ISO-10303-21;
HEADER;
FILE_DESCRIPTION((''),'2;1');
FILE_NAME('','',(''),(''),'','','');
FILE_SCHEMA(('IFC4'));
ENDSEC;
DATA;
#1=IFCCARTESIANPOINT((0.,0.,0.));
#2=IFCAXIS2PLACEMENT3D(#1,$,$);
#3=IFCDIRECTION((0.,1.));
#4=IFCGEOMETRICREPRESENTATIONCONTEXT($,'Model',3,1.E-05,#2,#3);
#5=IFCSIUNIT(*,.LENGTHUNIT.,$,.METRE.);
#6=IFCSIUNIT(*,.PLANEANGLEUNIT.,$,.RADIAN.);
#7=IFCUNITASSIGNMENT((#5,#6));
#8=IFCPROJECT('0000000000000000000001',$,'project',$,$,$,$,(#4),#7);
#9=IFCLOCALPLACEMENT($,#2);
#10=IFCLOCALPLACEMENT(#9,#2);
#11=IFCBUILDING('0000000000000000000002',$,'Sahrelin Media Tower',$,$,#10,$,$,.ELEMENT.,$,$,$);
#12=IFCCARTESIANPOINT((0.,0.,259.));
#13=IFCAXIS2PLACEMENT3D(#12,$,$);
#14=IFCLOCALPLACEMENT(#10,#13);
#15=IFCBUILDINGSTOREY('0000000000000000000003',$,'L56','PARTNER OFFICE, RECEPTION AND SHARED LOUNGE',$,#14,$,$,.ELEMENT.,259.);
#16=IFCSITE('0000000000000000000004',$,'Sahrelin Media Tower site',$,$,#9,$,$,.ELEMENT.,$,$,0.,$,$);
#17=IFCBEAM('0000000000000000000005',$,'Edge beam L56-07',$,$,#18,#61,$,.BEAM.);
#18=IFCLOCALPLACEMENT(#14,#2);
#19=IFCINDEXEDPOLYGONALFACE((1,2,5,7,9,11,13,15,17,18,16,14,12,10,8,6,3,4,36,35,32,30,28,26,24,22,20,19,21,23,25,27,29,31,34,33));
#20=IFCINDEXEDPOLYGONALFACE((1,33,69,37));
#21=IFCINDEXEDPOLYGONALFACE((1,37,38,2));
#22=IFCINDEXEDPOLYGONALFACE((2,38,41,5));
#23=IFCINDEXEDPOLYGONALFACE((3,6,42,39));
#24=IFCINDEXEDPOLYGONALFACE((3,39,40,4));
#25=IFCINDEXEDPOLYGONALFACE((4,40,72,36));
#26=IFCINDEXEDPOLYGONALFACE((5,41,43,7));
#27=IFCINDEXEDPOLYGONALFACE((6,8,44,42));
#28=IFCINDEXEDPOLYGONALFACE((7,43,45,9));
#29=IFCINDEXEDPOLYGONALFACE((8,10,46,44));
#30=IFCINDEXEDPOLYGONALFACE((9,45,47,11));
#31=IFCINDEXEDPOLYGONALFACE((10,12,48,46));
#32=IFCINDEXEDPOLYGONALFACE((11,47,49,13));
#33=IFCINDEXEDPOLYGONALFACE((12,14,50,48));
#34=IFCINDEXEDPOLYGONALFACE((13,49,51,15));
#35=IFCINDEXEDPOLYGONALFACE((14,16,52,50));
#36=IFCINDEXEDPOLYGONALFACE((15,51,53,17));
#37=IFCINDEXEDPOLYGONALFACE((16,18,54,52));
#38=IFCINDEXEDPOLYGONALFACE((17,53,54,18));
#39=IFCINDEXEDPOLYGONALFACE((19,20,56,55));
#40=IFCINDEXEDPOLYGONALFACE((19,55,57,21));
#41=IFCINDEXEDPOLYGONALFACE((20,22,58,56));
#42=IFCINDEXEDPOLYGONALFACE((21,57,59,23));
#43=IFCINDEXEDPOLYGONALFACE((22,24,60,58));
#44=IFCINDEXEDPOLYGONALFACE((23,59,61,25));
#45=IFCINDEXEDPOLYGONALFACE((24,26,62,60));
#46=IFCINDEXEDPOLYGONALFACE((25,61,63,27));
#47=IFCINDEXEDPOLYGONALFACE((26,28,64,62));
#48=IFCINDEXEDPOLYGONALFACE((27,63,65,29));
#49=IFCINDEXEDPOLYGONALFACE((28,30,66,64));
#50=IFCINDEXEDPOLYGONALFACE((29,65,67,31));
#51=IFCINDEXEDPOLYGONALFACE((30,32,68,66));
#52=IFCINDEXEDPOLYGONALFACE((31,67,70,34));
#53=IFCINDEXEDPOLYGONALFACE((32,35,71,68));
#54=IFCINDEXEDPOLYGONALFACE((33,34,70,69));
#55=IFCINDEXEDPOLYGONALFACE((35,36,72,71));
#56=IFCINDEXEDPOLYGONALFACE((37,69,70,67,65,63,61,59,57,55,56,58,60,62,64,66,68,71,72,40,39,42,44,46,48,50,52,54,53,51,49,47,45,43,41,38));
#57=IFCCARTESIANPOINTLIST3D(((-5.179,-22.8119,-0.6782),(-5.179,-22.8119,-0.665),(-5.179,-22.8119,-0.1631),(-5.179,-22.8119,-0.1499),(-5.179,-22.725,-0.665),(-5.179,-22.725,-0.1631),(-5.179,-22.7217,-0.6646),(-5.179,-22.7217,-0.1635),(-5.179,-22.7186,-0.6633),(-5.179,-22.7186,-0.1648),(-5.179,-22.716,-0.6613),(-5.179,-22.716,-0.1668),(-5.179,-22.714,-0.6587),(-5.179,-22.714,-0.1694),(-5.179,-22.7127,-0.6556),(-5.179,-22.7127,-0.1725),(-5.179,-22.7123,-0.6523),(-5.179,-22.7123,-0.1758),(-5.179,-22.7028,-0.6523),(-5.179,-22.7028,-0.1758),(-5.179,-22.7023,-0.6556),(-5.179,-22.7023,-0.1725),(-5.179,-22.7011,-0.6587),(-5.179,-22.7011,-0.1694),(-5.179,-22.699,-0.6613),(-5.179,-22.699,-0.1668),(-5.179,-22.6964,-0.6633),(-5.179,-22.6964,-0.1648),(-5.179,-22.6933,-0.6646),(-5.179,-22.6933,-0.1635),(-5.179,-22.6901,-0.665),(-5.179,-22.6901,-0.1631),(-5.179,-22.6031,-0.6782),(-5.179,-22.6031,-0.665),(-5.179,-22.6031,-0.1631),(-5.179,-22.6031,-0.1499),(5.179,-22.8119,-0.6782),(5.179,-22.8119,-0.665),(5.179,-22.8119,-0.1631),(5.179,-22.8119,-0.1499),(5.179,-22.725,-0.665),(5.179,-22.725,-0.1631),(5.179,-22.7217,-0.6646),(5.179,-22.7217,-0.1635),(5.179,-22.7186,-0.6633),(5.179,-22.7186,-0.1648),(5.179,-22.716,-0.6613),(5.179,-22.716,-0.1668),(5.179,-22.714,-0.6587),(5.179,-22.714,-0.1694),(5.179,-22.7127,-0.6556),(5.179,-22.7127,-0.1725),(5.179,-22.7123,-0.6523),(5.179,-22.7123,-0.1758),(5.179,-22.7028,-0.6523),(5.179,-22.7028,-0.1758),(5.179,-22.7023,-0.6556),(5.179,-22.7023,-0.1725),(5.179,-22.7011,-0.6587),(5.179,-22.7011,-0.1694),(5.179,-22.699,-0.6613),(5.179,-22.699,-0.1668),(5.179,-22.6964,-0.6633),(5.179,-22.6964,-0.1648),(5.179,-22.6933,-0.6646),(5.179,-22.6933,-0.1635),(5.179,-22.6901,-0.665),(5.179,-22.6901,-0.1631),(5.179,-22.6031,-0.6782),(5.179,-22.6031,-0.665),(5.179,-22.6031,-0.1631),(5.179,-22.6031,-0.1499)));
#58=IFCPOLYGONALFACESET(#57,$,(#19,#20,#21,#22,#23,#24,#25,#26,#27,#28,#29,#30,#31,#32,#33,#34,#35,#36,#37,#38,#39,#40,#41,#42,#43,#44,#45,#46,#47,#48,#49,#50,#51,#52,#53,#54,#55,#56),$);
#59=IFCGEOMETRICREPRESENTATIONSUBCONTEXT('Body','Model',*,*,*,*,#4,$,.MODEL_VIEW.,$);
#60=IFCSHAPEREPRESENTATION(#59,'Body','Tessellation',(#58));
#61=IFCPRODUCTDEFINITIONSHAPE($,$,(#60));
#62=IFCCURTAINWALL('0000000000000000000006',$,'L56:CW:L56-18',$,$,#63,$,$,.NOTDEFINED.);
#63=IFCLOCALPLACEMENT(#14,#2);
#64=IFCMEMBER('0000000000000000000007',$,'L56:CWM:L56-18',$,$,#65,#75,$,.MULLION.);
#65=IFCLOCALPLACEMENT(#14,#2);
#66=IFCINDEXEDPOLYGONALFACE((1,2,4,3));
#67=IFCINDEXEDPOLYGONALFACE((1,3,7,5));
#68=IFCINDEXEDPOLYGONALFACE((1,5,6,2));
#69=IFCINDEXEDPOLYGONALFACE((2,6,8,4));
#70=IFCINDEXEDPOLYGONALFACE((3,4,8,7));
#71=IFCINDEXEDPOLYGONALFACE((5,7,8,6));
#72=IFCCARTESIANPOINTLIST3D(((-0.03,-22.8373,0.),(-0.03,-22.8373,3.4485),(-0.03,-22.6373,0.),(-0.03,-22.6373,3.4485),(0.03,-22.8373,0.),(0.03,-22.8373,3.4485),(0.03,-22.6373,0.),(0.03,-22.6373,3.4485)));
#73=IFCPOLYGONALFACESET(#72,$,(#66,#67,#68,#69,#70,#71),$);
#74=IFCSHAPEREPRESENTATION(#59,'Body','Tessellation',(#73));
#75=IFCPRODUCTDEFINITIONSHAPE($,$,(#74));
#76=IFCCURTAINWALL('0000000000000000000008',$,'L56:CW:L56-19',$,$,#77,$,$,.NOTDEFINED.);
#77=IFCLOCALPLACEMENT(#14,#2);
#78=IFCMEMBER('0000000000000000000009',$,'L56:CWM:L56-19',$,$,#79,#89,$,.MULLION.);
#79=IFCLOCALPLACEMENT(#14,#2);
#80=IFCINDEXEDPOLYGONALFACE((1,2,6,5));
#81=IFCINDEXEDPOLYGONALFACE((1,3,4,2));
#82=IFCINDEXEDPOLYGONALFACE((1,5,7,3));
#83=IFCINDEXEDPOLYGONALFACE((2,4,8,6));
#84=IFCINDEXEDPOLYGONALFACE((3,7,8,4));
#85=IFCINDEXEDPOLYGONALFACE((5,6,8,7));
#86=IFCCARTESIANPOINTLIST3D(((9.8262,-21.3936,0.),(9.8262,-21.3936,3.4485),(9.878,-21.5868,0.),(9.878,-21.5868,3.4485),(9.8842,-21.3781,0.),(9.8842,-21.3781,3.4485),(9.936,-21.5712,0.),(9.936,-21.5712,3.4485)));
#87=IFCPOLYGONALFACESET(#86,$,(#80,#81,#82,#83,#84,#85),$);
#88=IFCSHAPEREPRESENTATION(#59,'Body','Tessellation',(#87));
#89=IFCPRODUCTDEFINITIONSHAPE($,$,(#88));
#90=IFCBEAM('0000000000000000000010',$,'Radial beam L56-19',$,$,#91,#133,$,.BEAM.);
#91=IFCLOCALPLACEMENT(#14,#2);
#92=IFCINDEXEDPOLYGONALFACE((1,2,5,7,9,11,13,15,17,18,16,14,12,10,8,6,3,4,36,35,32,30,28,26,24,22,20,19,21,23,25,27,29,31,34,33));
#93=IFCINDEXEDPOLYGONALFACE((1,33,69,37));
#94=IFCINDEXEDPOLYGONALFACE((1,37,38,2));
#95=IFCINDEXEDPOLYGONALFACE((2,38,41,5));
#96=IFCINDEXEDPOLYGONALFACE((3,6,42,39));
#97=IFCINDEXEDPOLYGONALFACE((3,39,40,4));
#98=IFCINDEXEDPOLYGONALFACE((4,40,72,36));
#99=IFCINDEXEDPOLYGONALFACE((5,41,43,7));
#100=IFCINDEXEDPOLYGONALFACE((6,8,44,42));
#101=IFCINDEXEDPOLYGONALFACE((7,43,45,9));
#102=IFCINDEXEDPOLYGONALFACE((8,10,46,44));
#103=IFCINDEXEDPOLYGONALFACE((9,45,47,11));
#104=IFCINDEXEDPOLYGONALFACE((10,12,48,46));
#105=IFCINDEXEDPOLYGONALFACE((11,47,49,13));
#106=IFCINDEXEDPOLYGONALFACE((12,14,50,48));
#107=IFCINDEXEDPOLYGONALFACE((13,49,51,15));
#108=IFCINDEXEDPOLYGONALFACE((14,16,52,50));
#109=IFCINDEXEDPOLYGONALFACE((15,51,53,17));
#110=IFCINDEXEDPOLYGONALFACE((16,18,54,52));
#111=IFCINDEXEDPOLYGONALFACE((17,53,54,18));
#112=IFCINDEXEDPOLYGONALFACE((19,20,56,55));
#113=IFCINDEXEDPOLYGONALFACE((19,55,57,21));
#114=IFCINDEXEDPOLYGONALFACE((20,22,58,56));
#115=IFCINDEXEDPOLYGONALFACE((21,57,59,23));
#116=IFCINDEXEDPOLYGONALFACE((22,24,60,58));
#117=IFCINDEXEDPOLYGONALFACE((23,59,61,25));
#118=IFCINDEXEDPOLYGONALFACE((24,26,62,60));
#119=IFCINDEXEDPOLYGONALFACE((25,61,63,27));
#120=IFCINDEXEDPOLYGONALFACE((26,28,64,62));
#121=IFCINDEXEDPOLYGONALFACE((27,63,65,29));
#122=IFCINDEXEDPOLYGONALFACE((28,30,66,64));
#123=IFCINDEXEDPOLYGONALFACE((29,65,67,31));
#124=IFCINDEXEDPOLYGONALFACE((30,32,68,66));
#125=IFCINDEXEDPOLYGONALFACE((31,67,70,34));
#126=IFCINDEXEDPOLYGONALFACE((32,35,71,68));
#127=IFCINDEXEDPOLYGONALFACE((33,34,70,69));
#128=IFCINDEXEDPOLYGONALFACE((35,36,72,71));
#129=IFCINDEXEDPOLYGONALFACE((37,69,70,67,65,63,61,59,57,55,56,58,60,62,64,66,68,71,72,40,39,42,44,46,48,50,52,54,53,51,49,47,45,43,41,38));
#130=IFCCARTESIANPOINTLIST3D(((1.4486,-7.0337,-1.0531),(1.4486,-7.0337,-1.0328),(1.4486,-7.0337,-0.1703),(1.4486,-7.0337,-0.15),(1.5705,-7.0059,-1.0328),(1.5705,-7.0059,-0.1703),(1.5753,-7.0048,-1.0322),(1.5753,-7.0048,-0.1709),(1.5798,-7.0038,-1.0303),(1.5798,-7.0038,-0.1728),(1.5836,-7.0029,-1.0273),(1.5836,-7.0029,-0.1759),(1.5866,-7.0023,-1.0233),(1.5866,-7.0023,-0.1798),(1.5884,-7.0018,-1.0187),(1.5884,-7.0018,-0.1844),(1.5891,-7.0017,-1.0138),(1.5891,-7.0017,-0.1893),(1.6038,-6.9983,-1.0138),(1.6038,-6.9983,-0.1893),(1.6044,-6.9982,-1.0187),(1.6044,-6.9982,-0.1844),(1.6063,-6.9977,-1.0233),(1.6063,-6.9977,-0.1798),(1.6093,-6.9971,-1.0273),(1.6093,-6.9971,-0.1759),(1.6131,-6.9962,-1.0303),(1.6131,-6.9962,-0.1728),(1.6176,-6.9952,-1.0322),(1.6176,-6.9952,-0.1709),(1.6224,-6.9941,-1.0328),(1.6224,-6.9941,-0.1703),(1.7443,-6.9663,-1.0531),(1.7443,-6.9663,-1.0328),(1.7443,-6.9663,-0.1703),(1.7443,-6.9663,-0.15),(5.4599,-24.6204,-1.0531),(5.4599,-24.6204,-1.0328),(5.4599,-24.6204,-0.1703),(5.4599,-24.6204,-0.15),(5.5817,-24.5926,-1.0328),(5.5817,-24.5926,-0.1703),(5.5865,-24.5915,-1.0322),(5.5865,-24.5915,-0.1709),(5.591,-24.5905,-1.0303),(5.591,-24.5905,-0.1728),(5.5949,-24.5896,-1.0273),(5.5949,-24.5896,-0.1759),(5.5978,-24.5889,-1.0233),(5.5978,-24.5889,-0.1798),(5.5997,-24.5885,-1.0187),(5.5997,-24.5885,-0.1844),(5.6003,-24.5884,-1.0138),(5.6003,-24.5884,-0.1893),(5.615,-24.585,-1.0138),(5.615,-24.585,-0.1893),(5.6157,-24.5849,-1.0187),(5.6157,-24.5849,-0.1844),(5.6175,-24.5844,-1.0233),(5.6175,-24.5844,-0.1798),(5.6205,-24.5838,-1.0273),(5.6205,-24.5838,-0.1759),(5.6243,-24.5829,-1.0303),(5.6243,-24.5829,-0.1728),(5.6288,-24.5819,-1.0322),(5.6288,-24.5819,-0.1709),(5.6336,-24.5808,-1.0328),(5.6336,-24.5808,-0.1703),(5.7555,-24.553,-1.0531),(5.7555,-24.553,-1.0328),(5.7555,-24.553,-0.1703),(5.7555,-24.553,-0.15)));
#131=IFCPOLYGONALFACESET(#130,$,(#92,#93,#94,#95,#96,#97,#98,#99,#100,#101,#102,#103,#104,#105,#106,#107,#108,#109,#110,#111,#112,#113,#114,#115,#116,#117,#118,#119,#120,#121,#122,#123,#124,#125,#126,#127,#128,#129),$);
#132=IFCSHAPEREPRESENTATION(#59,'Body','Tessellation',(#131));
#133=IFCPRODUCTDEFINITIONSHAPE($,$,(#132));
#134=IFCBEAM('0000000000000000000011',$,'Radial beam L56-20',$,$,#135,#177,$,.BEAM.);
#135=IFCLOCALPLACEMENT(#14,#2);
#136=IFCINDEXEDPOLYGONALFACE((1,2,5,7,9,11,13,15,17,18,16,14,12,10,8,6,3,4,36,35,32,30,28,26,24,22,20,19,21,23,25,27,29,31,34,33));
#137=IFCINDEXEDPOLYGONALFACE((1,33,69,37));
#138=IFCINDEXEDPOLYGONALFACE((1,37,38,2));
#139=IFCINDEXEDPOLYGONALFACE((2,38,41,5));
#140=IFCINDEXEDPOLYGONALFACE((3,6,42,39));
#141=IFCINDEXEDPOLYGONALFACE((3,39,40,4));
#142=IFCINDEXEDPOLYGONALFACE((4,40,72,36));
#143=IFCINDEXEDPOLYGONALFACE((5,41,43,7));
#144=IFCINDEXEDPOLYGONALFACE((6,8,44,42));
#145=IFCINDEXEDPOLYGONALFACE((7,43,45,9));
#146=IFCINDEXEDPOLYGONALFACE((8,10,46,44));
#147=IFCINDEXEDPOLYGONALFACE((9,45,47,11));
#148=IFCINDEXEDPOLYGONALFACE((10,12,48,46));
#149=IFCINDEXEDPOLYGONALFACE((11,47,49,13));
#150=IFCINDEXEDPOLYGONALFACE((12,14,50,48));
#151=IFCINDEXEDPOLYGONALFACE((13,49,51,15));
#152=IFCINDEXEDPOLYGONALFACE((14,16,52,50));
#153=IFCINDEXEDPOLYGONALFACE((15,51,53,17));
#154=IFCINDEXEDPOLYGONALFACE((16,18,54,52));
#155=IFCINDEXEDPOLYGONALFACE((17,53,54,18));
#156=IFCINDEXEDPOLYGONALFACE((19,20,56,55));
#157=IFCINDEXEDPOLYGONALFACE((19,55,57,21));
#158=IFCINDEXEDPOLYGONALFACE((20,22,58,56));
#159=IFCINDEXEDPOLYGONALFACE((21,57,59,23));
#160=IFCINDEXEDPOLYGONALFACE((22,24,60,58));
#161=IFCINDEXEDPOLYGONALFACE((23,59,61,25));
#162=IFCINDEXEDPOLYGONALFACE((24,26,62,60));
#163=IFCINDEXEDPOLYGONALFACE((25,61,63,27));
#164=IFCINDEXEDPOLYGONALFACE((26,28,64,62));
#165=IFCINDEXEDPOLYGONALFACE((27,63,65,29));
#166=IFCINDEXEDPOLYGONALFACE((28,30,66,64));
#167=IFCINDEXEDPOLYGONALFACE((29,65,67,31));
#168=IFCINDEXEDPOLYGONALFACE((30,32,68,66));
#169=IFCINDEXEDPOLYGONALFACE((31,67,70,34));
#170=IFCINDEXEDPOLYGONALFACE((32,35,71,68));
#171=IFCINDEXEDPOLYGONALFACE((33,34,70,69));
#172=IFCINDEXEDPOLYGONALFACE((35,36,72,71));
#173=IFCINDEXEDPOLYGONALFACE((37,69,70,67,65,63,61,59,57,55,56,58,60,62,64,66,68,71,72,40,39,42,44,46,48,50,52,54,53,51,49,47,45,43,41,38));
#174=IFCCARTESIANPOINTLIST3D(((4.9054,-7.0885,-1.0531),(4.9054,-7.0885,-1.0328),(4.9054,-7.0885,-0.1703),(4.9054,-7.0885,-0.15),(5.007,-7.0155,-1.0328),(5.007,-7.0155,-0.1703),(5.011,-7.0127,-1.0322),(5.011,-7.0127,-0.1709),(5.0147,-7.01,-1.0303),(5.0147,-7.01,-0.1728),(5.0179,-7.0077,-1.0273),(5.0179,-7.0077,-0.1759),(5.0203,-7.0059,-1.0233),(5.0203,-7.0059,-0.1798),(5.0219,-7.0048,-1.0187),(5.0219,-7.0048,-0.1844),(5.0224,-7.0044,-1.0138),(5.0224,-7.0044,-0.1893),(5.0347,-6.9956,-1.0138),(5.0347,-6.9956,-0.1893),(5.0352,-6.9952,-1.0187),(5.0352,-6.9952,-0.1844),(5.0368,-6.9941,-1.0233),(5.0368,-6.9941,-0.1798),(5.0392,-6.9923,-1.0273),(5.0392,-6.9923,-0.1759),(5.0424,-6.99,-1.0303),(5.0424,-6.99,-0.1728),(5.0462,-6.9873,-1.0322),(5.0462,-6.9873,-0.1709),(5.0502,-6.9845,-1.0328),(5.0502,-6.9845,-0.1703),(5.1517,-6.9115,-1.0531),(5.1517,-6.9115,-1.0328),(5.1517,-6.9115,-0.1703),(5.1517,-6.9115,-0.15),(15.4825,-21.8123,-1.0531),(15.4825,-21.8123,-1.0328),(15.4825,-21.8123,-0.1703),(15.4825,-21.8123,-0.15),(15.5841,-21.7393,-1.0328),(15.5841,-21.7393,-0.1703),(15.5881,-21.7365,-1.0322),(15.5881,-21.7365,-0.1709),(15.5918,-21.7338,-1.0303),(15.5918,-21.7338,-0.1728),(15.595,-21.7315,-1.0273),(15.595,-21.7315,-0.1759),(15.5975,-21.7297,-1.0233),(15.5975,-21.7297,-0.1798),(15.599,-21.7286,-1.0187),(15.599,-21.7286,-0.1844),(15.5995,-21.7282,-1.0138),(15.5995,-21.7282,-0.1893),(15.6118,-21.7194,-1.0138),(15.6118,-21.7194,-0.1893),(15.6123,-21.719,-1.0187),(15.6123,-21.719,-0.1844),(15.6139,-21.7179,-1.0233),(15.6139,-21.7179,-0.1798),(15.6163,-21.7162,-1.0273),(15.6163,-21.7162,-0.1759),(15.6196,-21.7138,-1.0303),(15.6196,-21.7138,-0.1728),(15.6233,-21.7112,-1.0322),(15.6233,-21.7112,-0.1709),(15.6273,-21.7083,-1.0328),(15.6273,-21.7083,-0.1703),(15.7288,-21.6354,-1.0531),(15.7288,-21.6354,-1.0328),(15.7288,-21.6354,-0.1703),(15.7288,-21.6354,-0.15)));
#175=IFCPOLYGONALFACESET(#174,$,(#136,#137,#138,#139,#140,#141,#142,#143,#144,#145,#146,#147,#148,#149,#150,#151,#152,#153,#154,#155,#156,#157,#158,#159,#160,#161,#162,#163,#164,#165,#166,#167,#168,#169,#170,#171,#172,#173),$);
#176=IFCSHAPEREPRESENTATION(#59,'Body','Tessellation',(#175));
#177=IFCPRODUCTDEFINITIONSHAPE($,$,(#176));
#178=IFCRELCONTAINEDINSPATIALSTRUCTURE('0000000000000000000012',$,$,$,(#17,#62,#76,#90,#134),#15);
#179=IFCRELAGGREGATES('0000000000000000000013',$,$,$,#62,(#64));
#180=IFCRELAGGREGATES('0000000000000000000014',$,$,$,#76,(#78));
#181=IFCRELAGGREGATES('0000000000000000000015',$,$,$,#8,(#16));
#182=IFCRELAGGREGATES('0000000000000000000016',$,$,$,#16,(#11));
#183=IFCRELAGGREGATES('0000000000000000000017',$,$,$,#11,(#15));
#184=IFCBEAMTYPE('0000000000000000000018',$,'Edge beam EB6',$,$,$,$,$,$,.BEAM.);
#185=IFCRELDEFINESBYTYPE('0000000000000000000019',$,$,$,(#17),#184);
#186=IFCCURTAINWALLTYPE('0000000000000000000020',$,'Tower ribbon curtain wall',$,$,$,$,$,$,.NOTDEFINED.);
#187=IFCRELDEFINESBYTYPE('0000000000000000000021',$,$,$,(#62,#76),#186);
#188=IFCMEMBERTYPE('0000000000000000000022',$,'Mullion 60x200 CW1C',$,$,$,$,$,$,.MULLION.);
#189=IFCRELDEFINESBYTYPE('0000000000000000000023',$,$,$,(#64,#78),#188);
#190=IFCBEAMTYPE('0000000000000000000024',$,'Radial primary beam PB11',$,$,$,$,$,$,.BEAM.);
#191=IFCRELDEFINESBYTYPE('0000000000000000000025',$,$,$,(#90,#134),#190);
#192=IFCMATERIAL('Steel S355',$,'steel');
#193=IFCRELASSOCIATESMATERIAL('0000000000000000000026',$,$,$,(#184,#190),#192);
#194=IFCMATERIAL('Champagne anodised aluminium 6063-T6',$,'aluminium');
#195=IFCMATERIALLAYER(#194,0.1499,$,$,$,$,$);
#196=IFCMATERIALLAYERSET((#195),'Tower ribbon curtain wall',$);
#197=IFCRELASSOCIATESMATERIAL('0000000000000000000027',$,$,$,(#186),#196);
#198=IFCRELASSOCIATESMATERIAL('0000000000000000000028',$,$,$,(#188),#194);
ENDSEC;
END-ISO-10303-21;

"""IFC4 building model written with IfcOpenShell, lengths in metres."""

from ifc_helpers import new_model, si_unit, direction, frame, origin, origin_2d, place, context, subcontext, project, spatial, rectangle, i_section, extrude, material, layer, layer_set, material_profile, profile_set, type_object, element, aggregate, save


model = new_model("IFC4")

# Units and contexts
model_context = context("Model", 3, precision=1e-05, world=origin(), true_north=direction((0.0, 1.0)))
body_context = subcontext(model_context, "Body", "Model", "MODEL_VIEW")
ifc_project = project(units=[si_unit("LENGTHUNIT", "METRE"), si_unit("PLANEANGLEUNIT", "RADIAN")], contexts=[model_context])

# Site, building, storey
site_placement = place(None, origin())
site = spatial("IfcSite", under=ifc_project, at=site_placement, Name="Sahrelin Media Tower site", CompositionType="ELEMENT", RefElevation=0.0)
building_placement = place(site_placement, origin())
building = spatial("IfcBuilding", under=site, at=building_placement, Name="Sahrelin Media Tower", CompositionType="ELEMENT")
storey_placement = place(building_placement, frame((0.0, 0.0, 259.0)))
storey = spatial("IfcBuildingStorey", under=building, at=storey_placement, Name="L56", Description="PARTNER OFFICE, RECEPTION AND SHARED LOUNGE", CompositionType="ELEMENT", Elevation=259.0)

# Beam
ifc_material_1 = material(Name="Steel S355", Category="steel")
ifc_material_profile_1 = material_profile(ifc_material_1, i_section(OverallWidth=0.2087, OverallDepth=0.5283, WebThickness=0.0095, FlangeThickness=0.0132, FilletRadius=0.0127, at=origin_2d()), Name="UB 533x210x82")
ifc_profile_set_1 = profile_set([ifc_material_profile_1], Name="Steel S355")
beam_type_1 = type_object("IfcBeamType", Name="Edge beam EB6", PredefinedType="BEAM", material=ifc_profile_set_1)
beam_1_placement = place(storey_placement, frame((5.179, -22.7075, -0.4141), z_axis=(-1.0, 0.0, 0.0), x_axis=(0.0, -1.0, 0.0)))
element("IfcBeam", 1, at=beam_1_placement, inside=storey, type_object=beam_type_1, Name="Edge beam L56-07", PredefinedType="BEAM", context=body_context, shape_type="SweptSolid", body=[
    extrude(i_section(OverallWidth=0.2087, OverallDepth=0.5283, WebThickness=0.0095, FlangeThickness=0.0132, FilletRadius=0.0127, at=origin_2d()), origin(), (0.0, 0.0, 1.0), 10.3579),
])

# Curtain walls, members
ifc_material_2 = material(Name="Champagne anodised aluminium 6063-T6", Category="aluminium")
ifc_layer_1 = layer(ifc_material_2, 0.1499)
ifc_layer_set_1 = layer_set([ifc_layer_1], Name="Tower ribbon curtain wall")
curtain_wall_type = type_object("IfcCurtainWallType", Name="Tower ribbon curtain wall", PredefinedType="NOTDEFINED", material=ifc_layer_set_1)
curtain_wall_1_placement = place(storey_placement, frame((0.0, -22.8574, 0.0), z_axis=(0.0, 0.0, 1.0), x_axis=(1.0, 0.0, 0.0)))
curtain_wall_1 = element("IfcCurtainWall", 2, at=curtain_wall_1_placement, inside=storey, type_object=curtain_wall_type, Name="L56:CW:L56-18", PredefinedType="NOTDEFINED")
ifc_material_profile_2 = material_profile(ifc_material_2, rectangle(XDim=0.0601, YDim=0.2, at=origin_2d()), Name="Mullion 60x200")
ifc_profile_set_2 = profile_set([ifc_material_profile_2], Name="Champagne anodised aluminium 6063-T6")
member_type_1 = type_object("IfcMemberType", Name="Mullion 60x200 CW1C", PredefinedType="MULLION", material=ifc_profile_set_2)
member_1_placement = place(storey_placement, frame((0.0, -22.7373, 0.0), z_axis=(0.0, 0.0, 1.0), x_axis=(1.0, 0.0, 0.0)))
member_1 = element("IfcMember", 3, at=member_1_placement, type_object=member_type_1, Name="L56:CWM:L56-18", PredefinedType="MULLION", context=body_context, shape_type="SweptSolid", body=[
    extrude(rectangle(XDim=0.0601, YDim=0.2, at=origin_2d()), origin(), (0.0, 0.0, 1.0), 3.4485),
])
aggregate(curtain_wall_1, [member_1])
curtain_wall_2_placement = place(storey_placement, frame((9.9121, -21.5984, 0.0), z_axis=(0.0, 0.0, 1.0), x_axis=(1.0, 0.0, 0.0)))
curtain_wall_2 = element("IfcCurtainWall", 4, at=curtain_wall_2_placement, inside=storey, type_object=curtain_wall_type, Name="L56:CW:L56-19", PredefinedType="NOTDEFINED")
member_2_placement = place(storey_placement, frame((9.8811, -21.4824, 0.0), z_axis=(0.0, 0.0, 1.0), x_axis=(0.965927, 0.258816, 0.0)))
member_2 = element("IfcMember", 5, at=member_2_placement, type_object=member_type_1, Name="L56:CWM:L56-19", PredefinedType="MULLION", context=body_context, shape_type="SweptSolid", body=[
    extrude(rectangle(XDim=0.0601, YDim=0.2, at=origin_2d()), origin(), (0.0, 0.0, 1.0), 3.4485),
])

# Beams
ifc_material_profile_3 = material_profile(ifc_material_1, i_section(OverallWidth=0.3032, OverallDepth=0.9031, WebThickness=0.0151, FlangeThickness=0.0203, FilletRadius=0.019, at=origin_2d()), Name="UB 914x305x201")
ifc_profile_set_3 = profile_set([ifc_material_profile_3], Name="Steel S355")
beam_type_2 = type_object("IfcBeamType", Name="Radial primary beam PB11", PredefinedType="BEAM", material=ifc_profile_set_3)
beam_2_placement = place(storey_placement, frame((1.5964, -7.0, -0.6016), z_axis=(0.222373, -0.974962, 0.0), x_axis=(0.974962, 0.222373, 0.0)))
element("IfcBeam", 6, at=beam_2_placement, inside=storey, type_object=beam_type_2, Name="Radial beam L56-19", PredefinedType="BEAM", context=body_context, shape_type="SweptSolid", body=[
    extrude(i_section(OverallWidth=0.3032, OverallDepth=0.9031, WebThickness=0.0151, FlangeThickness=0.0203, FilletRadius=0.019, at=origin_2d()), origin(), (0.0, 0.0, 1.0), 18.0383),
])
beam_3_placement = place(storey_placement, frame((5.0286, -7.0, -0.6016), z_axis=(0.583431, -0.812163, 0.0), x_axis=(0.812163, 0.583431, 0.0)))
element("IfcBeam", 7, at=beam_3_placement, inside=storey, type_object=beam_type_2, Name="Radial beam L56-20", PredefinedType="BEAM", context=body_context, shape_type="SweptSolid", body=[
    extrude(i_section(OverallWidth=0.3032, OverallDepth=0.9031, WebThickness=0.0151, FlangeThickness=0.0203, FilletRadius=0.019, at=origin_2d()), origin(), (0.0, 0.0, 1.0), 18.1292),
])

aggregate(curtain_wall_2, [member_2])

save(model, "model.ifc")
